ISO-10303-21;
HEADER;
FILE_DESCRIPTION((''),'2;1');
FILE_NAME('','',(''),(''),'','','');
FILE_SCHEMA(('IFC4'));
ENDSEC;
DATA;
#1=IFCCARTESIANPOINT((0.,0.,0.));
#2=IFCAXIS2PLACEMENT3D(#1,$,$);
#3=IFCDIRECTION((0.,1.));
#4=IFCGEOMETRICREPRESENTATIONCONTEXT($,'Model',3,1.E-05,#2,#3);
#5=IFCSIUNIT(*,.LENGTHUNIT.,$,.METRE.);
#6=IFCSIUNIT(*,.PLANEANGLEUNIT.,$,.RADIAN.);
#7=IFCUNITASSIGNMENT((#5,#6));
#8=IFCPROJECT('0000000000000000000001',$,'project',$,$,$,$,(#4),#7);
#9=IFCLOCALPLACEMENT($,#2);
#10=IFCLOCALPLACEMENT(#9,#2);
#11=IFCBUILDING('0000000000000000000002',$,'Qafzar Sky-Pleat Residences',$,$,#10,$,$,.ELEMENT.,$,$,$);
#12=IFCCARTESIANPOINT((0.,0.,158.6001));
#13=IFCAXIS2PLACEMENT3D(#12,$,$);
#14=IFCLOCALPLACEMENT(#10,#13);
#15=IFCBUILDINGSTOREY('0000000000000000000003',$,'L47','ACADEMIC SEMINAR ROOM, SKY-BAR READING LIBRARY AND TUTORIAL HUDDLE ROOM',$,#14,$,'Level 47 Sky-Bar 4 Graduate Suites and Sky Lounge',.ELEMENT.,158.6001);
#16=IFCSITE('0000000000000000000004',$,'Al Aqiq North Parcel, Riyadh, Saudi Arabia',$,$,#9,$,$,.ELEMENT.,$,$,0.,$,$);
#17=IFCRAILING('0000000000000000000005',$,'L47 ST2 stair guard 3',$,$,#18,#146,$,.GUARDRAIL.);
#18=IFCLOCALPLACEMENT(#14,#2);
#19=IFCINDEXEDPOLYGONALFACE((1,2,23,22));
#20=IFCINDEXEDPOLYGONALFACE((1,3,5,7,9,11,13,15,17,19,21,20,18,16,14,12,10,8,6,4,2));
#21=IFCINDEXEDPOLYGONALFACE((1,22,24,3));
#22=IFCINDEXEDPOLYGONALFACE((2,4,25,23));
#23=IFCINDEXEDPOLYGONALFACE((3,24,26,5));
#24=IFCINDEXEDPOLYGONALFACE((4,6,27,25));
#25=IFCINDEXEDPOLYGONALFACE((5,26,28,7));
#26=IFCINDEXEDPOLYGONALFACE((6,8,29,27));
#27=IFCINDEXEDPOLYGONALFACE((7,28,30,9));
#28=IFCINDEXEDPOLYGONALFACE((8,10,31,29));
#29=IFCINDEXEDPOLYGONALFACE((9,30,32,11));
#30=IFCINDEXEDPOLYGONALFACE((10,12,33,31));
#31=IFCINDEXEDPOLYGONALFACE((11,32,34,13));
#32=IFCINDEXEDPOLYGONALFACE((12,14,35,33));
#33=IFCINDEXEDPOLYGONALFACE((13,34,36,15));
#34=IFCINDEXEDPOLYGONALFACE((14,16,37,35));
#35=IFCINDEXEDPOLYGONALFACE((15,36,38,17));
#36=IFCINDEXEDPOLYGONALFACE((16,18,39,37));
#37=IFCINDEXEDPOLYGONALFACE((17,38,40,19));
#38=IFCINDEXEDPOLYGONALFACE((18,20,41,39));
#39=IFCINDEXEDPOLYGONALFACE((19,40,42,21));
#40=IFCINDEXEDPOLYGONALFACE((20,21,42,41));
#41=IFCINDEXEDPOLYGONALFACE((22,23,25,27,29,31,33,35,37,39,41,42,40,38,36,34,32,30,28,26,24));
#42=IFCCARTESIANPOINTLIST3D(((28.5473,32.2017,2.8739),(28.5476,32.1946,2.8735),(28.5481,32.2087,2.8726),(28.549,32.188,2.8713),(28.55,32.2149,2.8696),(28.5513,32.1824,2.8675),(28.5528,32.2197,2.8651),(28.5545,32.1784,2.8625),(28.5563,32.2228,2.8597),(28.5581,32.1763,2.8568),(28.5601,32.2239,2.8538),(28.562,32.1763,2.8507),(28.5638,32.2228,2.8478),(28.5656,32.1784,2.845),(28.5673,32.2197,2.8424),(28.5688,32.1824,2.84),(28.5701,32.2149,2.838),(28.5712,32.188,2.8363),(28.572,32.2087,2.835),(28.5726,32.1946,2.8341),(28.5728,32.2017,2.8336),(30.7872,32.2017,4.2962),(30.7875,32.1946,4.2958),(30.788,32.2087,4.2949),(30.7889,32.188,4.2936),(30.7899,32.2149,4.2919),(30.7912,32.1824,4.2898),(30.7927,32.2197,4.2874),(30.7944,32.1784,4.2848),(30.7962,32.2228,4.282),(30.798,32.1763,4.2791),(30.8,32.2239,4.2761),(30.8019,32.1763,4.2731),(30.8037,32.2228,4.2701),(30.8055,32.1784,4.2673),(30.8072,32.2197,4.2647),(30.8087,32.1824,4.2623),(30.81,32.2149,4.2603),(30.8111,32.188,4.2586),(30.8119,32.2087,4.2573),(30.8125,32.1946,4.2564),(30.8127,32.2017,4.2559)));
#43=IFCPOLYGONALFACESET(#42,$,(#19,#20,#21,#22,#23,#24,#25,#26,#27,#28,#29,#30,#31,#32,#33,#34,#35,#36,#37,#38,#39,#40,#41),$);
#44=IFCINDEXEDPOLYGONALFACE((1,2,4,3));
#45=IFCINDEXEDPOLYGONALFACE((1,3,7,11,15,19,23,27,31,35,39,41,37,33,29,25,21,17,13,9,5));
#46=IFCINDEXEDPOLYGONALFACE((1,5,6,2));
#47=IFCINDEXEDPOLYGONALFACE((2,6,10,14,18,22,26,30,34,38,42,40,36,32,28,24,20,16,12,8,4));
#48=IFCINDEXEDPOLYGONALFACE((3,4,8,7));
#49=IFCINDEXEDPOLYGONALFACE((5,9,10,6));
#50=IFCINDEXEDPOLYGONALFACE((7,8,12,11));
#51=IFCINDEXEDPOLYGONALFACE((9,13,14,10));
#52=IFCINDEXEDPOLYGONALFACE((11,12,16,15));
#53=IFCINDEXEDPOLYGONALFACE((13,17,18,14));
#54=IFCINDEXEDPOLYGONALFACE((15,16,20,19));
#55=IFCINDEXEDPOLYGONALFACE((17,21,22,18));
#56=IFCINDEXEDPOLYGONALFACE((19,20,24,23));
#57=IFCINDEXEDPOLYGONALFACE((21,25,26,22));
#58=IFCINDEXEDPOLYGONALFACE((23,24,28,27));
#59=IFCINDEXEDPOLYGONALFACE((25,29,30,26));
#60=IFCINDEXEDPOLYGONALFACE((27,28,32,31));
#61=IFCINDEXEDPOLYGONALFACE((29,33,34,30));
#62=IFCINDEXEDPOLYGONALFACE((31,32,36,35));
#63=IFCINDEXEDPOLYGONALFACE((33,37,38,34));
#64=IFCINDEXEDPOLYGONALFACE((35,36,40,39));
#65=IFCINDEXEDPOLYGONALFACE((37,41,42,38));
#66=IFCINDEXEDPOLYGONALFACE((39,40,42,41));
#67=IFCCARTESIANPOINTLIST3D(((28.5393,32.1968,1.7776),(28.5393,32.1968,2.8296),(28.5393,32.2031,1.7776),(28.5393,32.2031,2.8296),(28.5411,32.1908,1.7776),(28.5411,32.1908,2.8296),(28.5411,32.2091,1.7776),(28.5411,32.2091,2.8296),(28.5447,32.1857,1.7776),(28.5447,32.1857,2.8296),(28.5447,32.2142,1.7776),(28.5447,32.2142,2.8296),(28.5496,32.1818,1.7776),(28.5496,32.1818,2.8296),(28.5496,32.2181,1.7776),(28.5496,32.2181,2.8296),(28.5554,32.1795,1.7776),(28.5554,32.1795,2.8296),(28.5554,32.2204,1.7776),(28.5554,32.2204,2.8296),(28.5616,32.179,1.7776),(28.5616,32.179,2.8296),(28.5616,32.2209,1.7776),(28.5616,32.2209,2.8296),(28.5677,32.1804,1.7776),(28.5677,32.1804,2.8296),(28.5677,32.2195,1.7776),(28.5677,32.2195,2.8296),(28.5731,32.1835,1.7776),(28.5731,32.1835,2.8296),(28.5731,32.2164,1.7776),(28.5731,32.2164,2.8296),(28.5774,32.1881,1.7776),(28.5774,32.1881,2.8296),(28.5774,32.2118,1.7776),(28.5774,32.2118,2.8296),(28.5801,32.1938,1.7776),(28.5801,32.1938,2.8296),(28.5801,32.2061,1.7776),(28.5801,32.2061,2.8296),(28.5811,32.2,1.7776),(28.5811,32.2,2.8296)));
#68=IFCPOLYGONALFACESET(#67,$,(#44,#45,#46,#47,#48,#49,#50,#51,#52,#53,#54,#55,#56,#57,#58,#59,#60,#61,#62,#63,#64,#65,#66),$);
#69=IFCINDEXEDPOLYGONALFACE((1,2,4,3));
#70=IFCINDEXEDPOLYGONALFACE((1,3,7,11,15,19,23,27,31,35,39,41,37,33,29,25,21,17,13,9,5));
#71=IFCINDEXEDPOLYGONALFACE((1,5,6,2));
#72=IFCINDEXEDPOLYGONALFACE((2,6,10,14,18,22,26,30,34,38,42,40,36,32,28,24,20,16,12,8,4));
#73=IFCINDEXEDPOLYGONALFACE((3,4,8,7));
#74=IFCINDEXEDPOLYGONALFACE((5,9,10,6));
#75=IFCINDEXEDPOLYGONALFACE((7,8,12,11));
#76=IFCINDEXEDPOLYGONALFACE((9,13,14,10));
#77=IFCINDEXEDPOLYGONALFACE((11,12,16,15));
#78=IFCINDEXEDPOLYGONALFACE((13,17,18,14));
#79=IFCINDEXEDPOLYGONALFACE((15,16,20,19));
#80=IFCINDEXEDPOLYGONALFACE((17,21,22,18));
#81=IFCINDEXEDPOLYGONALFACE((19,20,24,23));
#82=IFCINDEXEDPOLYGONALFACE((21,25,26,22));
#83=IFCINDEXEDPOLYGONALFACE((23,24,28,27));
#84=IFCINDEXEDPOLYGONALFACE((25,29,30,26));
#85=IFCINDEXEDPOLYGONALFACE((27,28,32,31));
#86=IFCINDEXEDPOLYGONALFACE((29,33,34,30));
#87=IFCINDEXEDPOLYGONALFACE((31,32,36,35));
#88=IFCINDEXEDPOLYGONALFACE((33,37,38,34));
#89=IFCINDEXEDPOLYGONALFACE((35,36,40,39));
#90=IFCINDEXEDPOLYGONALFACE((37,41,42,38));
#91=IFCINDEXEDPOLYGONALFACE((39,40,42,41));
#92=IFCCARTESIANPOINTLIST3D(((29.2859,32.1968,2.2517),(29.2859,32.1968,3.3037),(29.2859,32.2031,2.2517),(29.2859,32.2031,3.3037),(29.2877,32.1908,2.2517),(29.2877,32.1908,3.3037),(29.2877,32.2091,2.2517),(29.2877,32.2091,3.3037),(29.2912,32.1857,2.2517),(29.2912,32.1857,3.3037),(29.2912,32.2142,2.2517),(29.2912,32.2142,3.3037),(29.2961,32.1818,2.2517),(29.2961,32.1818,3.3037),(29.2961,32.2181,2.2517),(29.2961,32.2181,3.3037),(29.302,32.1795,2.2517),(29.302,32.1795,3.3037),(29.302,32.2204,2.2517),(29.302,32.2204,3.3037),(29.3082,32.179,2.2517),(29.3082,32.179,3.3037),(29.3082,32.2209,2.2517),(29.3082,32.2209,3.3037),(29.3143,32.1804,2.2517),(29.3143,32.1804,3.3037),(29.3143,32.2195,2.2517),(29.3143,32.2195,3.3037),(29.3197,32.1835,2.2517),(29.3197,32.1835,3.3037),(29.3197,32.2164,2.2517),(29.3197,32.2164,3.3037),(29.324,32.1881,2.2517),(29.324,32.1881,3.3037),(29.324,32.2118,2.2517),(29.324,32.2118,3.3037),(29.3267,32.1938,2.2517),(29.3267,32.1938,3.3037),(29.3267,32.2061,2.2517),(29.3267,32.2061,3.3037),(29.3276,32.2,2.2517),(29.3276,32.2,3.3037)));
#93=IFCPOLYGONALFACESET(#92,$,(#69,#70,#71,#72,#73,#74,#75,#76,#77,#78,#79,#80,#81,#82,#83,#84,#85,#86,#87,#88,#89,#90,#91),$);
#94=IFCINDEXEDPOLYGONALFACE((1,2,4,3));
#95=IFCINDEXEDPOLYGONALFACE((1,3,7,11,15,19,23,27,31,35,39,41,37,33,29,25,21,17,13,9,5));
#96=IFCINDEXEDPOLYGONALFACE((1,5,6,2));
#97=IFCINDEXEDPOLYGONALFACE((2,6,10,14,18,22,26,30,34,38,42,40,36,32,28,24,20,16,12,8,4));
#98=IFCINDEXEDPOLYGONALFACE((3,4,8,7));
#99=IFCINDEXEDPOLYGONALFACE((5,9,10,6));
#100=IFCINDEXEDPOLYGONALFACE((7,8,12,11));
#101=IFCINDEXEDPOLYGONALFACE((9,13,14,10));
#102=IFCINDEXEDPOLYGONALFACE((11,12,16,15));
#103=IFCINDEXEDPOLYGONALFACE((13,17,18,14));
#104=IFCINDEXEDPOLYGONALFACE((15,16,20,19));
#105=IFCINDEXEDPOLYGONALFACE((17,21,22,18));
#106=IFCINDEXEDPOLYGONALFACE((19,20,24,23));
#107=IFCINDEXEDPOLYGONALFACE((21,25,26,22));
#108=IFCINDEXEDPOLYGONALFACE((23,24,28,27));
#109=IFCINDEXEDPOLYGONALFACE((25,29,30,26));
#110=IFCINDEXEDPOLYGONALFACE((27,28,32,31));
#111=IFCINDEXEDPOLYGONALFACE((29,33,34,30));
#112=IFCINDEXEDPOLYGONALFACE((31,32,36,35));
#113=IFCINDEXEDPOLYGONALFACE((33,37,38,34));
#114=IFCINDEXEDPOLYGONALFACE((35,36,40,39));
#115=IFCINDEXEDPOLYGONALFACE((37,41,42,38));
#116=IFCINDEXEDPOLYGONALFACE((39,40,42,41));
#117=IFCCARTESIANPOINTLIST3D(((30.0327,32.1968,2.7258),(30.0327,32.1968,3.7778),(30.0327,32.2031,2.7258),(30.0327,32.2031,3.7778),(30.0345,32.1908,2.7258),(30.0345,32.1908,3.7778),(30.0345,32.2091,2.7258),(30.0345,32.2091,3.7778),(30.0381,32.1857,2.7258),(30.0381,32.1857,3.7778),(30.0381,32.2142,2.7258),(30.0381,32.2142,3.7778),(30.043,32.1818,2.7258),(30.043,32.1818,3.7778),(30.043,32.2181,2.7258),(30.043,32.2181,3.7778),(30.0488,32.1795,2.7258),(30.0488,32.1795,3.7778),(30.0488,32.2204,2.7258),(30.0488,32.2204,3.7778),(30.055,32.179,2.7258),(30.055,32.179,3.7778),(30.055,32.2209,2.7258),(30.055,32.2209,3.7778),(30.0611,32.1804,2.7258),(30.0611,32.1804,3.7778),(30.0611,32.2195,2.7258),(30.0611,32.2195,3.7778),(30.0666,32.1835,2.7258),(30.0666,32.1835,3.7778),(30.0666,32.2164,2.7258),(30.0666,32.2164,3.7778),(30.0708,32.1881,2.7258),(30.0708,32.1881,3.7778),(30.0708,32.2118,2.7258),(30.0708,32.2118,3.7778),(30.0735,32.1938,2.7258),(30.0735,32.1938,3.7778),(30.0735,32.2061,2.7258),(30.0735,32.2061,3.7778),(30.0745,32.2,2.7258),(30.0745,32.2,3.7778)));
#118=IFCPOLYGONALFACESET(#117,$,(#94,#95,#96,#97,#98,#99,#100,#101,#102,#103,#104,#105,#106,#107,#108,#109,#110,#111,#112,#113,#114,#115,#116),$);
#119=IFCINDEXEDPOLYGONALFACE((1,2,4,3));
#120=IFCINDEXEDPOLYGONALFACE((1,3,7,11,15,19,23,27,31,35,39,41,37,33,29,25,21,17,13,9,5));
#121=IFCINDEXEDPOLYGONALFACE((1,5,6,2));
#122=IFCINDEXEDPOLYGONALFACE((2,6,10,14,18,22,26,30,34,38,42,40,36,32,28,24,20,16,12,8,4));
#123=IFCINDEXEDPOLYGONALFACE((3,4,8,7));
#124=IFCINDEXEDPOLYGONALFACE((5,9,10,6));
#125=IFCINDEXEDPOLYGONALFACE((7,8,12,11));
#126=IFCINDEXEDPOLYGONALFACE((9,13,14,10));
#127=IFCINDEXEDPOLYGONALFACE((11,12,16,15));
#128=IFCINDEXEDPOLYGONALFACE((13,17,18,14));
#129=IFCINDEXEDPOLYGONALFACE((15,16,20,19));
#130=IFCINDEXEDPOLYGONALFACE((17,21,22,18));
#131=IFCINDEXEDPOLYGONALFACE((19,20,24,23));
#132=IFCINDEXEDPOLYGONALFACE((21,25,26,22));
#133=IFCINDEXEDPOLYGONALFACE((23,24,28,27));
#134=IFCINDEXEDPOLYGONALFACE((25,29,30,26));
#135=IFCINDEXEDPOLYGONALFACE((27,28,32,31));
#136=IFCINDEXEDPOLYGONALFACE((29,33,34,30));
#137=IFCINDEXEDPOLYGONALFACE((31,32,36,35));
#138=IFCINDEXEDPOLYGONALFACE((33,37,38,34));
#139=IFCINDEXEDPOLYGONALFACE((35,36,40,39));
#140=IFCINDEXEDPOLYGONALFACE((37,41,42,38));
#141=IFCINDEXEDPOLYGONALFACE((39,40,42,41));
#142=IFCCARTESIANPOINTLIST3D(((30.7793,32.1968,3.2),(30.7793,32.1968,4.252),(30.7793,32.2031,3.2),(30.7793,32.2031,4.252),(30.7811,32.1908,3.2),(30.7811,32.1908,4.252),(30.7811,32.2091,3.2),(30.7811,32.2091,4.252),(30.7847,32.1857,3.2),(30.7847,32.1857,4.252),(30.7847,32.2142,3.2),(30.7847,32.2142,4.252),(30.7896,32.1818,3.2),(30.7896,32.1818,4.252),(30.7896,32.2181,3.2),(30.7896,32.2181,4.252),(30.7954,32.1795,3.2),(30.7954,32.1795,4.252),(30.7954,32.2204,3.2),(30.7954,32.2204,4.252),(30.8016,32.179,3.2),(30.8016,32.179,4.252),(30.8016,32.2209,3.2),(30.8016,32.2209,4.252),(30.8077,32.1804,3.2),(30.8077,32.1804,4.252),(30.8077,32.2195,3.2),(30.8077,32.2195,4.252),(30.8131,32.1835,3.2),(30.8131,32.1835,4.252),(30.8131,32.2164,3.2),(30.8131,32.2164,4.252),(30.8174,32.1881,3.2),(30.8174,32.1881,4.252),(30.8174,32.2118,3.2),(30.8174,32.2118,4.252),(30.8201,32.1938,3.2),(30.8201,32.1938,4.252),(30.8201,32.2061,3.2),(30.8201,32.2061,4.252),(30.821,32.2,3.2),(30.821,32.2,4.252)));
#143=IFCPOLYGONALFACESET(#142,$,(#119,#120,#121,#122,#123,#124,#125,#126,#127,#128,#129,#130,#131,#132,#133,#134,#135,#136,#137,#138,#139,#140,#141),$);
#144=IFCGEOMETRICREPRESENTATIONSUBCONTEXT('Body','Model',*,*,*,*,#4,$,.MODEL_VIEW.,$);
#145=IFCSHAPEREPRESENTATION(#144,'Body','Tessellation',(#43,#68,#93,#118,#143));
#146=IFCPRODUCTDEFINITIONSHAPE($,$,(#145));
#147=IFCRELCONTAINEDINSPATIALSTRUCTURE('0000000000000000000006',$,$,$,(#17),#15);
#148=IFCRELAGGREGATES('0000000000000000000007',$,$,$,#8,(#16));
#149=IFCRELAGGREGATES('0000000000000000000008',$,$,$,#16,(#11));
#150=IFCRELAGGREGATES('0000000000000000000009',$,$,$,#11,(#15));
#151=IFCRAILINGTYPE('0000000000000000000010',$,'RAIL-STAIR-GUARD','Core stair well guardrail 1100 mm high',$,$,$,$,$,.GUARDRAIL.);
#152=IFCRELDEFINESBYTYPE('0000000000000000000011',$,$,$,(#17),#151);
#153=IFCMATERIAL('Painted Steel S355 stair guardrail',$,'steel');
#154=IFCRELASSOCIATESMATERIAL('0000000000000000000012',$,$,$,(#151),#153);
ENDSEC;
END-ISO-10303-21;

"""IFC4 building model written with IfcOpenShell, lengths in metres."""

from ifc_helpers import new_model, si_unit, direction, frame, origin, origin_2d, place, context, subcontext, project, spatial, circle, extrude, source, transform, mapped, material, type_object, element, save


model = new_model("IFC4")

# Units and contexts
model_context = context("Model", 3, precision=1e-05, world=origin(), true_north=direction((0.0, 1.0)))
body_context = subcontext(model_context, "Body", "Model", "MODEL_VIEW")
ifc_project = project(units=[si_unit("LENGTHUNIT", "METRE"), si_unit("PLANEANGLEUNIT", "RADIAN")], contexts=[model_context])

# Site, building, storey
site_placement = place(None, origin())
site = spatial("IfcSite", under=ifc_project, at=site_placement, Name="Al Aqiq North Parcel, Riyadh, Saudi Arabia", CompositionType="ELEMENT", RefElevation=0.0)
building_placement = place(site_placement, origin())
building = spatial("IfcBuilding", under=site, at=building_placement, Name="Qafzar Sky-Pleat Residences", CompositionType="ELEMENT")
storey_placement = place(building_placement, frame((0.0, 0.0, 158.6001)))
storey = spatial("IfcBuildingStorey", under=building, at=storey_placement, Name="L47", Description="ACADEMIC SEMINAR ROOM, SKY-BAR READING LIBRARY AND TUTORIAL HUDDLE ROOM", LongName="Level 47 Sky-Bar 4 Graduate Suites and Sky Lounge", CompositionType="ELEMENT", Elevation=158.6001)

# Railing
ifc_material_1 = material(Name="Painted Steel S355 stair guardrail", Category="steel")
railing_type_1 = type_object("IfcRailingType", Name="RAIL-STAIR-GUARD", Description="Core stair well guardrail 1100 mm high", PredefinedType="GUARDRAIL", material=ifc_material_1)
shared_shape_1 = source(origin(), body_context, "Body", "SweptSolid", [
    extrude(circle(Radius=0.0239, at=origin_2d()), frame((0.0, 0.0, 1.0762), z_axis=(0.844188, 0.0, 0.536048), x_axis=(0.0, 1.0, 0.0)), (0.0, 0.0, 1.0), 2.6533),
    extrude(circle(Radius=0.021, at=origin_2d()), origin(), (0.0, 0.0, 1.0), 1.052),
    extrude(circle(Radius=0.021, at=origin_2d()), frame((0.7466, 0.0, 0.4741)), (0.0, 0.0, 1.0), 1.052),
    extrude(circle(Radius=0.021, at=origin_2d()), frame((1.4934, 0.0, 0.9482)), (0.0, 0.0, 1.0), 1.052),
    extrude(circle(Radius=0.021, at=origin_2d()), frame((2.24, 0.0, 1.4224)), (0.0, 0.0, 1.0), 1.052),
])
railing_1_placement = place(storey_placement, frame((28.5601, 32.2, 1.7776)))
element("IfcRailing", 1, at=railing_1_placement, inside=storey, type_object=railing_type_1, Name="L47 ST2 stair guard 3", PredefinedType="GUARDRAIL", context=body_context, shape_type="MappedRepresentation", body=[
    mapped(shared_shape_1, transform((0.0, 0.0, 0.0), x_axis=(1.0, 0.0, 0.0), y_axis=(0.0, 1.0, 0.0), z_axis=(0.0, 0.0, 1.0), scale=1.0)),
])

save(model, "model.ifc")
